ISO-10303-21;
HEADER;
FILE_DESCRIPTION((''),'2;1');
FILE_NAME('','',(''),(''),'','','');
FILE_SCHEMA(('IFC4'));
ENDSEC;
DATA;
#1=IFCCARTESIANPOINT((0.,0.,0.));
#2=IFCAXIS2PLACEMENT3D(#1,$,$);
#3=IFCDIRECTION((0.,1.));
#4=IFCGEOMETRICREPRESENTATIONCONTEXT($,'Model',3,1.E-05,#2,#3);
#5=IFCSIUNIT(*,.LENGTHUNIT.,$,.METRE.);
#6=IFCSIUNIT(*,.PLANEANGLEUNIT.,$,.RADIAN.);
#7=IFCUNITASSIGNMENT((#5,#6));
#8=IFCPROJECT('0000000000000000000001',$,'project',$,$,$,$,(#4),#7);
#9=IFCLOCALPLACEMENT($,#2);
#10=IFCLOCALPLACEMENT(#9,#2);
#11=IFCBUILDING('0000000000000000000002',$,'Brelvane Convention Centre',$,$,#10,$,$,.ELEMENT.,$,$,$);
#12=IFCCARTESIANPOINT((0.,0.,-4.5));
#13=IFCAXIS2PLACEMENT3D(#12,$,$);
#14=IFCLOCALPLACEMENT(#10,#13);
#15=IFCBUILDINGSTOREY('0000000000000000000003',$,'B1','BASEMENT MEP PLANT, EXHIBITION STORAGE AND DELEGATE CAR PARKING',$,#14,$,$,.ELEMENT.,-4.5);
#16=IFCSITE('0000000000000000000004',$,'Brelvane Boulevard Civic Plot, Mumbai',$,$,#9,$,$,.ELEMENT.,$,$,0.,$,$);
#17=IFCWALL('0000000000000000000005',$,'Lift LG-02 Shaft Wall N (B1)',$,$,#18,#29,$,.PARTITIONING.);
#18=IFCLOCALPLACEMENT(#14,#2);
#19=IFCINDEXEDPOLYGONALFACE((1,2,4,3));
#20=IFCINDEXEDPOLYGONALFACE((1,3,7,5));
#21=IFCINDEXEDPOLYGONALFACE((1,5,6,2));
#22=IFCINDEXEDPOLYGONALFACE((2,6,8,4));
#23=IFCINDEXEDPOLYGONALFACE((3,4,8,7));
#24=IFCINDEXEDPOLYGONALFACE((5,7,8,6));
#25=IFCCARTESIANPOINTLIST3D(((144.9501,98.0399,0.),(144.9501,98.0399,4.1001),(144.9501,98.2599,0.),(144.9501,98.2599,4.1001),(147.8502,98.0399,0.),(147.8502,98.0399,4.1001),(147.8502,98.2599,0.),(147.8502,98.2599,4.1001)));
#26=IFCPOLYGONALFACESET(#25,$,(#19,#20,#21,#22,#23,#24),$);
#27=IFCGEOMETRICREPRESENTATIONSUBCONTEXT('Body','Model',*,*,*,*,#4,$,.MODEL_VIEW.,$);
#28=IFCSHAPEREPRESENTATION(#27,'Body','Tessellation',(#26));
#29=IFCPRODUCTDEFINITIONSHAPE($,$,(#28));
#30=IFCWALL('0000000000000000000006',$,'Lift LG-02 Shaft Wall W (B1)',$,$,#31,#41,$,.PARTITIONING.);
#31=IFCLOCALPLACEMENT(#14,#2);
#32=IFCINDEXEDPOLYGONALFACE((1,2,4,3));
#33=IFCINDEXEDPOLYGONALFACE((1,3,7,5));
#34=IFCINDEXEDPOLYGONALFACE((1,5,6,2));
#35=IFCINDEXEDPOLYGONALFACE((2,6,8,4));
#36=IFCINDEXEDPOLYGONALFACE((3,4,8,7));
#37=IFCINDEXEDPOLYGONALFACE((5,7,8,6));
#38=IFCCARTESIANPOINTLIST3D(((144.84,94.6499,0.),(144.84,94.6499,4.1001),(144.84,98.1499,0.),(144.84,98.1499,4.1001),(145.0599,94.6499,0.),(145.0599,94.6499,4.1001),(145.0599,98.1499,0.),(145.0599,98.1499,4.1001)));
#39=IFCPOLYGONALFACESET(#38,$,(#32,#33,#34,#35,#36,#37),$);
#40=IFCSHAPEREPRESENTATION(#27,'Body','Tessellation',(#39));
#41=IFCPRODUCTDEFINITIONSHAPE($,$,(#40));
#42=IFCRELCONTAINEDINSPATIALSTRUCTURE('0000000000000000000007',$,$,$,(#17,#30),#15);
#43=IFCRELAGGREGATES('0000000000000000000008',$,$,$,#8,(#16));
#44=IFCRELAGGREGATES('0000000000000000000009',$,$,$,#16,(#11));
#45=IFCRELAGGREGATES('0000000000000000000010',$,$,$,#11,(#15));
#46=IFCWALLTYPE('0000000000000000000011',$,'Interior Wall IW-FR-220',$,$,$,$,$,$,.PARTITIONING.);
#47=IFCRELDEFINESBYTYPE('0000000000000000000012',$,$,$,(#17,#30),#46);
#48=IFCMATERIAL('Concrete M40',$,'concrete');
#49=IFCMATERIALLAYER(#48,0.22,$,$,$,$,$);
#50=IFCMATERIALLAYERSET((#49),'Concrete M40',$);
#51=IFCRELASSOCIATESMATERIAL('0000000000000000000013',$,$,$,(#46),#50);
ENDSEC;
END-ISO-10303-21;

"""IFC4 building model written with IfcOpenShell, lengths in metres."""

from ifc_helpers import new_model, si_unit, direction, frame, frame_2d, origin, place, context, subcontext, project, spatial, rectangle, extrude, material, layer, layer_set, type_object, element, save


model = new_model("IFC4")

# Units and contexts
model_context = context("Model", 3, precision=1e-05, world=origin(), true_north=direction((0.0, 1.0)))
body_context = subcontext(model_context, "Body", "Model", "MODEL_VIEW")
ifc_project = project(units=[si_unit("LENGTHUNIT", "METRE"), si_unit("PLANEANGLEUNIT", "RADIAN")], contexts=[model_context])

# Site, building, storey
site_placement = place(None, origin())
site = spatial("IfcSite", under=ifc_project, at=site_placement, Name="Brelvane Boulevard Civic Plot, Mumbai", CompositionType="ELEMENT", RefElevation=0.0)
building_placement = place(site_placement, origin())
building = spatial("IfcBuilding", under=site, at=building_placement, Name="Brelvane Convention Centre", CompositionType="ELEMENT")
storey_placement = place(building_placement, frame((0.0, 0.0, -4.5)))
storey = spatial("IfcBuildingStorey", under=building, at=storey_placement, Name="B1", Description="BASEMENT MEP PLANT, EXHIBITION STORAGE AND DELEGATE CAR PARKING", CompositionType="ELEMENT", Elevation=-4.5)

# Shared definitions
ifc_material_1 = material(Name="Concrete M40", Category="concrete")
ifc_layer = layer(ifc_material_1, 0.22)
ifc_layer_set = layer_set([ifc_layer], Name="Concrete M40")
wall_type = type_object("IfcWallType", Name="Interior Wall IW-FR-220", PredefinedType="PARTITIONING", material=ifc_layer_set)

# Walls
wall_1_placement = place(storey_placement, frame((144.95, 98.1499, 0.0), z_axis=(0.0, 0.0, 1.0), x_axis=(1.0, 0.0, 0.0)))
element("IfcWall", 1, at=wall_1_placement, inside=storey, type_object=wall_type, Name="Lift LG-02 Shaft Wall N (B1)", PredefinedType="PARTITIONING", context=body_context, shape_type="SweptSolid", body=[
    extrude(rectangle(XDim=2.9001, YDim=0.22, at=frame_2d((1.4502, 0.0))), origin(), (0.0, 0.0, 1.0), 4.1001),
])
wall_2_placement = place(storey_placement, frame((144.95, 94.6499, 0.0), z_axis=(0.0, 0.0, 1.0), x_axis=(0.0, 1.0, 0.0)))
element("IfcWall", 2, at=wall_2_placement, inside=storey, type_object=wall_type, Name="Lift LG-02 Shaft Wall W (B1)", PredefinedType="PARTITIONING", context=body_context, shape_type="SweptSolid", body=[
    extrude(rectangle(XDim=3.5, YDim=0.22, at=frame_2d((1.75, 0.0))), origin(), (0.0, 0.0, 1.0), 4.1001),
])

save(model, "model.ifc")
